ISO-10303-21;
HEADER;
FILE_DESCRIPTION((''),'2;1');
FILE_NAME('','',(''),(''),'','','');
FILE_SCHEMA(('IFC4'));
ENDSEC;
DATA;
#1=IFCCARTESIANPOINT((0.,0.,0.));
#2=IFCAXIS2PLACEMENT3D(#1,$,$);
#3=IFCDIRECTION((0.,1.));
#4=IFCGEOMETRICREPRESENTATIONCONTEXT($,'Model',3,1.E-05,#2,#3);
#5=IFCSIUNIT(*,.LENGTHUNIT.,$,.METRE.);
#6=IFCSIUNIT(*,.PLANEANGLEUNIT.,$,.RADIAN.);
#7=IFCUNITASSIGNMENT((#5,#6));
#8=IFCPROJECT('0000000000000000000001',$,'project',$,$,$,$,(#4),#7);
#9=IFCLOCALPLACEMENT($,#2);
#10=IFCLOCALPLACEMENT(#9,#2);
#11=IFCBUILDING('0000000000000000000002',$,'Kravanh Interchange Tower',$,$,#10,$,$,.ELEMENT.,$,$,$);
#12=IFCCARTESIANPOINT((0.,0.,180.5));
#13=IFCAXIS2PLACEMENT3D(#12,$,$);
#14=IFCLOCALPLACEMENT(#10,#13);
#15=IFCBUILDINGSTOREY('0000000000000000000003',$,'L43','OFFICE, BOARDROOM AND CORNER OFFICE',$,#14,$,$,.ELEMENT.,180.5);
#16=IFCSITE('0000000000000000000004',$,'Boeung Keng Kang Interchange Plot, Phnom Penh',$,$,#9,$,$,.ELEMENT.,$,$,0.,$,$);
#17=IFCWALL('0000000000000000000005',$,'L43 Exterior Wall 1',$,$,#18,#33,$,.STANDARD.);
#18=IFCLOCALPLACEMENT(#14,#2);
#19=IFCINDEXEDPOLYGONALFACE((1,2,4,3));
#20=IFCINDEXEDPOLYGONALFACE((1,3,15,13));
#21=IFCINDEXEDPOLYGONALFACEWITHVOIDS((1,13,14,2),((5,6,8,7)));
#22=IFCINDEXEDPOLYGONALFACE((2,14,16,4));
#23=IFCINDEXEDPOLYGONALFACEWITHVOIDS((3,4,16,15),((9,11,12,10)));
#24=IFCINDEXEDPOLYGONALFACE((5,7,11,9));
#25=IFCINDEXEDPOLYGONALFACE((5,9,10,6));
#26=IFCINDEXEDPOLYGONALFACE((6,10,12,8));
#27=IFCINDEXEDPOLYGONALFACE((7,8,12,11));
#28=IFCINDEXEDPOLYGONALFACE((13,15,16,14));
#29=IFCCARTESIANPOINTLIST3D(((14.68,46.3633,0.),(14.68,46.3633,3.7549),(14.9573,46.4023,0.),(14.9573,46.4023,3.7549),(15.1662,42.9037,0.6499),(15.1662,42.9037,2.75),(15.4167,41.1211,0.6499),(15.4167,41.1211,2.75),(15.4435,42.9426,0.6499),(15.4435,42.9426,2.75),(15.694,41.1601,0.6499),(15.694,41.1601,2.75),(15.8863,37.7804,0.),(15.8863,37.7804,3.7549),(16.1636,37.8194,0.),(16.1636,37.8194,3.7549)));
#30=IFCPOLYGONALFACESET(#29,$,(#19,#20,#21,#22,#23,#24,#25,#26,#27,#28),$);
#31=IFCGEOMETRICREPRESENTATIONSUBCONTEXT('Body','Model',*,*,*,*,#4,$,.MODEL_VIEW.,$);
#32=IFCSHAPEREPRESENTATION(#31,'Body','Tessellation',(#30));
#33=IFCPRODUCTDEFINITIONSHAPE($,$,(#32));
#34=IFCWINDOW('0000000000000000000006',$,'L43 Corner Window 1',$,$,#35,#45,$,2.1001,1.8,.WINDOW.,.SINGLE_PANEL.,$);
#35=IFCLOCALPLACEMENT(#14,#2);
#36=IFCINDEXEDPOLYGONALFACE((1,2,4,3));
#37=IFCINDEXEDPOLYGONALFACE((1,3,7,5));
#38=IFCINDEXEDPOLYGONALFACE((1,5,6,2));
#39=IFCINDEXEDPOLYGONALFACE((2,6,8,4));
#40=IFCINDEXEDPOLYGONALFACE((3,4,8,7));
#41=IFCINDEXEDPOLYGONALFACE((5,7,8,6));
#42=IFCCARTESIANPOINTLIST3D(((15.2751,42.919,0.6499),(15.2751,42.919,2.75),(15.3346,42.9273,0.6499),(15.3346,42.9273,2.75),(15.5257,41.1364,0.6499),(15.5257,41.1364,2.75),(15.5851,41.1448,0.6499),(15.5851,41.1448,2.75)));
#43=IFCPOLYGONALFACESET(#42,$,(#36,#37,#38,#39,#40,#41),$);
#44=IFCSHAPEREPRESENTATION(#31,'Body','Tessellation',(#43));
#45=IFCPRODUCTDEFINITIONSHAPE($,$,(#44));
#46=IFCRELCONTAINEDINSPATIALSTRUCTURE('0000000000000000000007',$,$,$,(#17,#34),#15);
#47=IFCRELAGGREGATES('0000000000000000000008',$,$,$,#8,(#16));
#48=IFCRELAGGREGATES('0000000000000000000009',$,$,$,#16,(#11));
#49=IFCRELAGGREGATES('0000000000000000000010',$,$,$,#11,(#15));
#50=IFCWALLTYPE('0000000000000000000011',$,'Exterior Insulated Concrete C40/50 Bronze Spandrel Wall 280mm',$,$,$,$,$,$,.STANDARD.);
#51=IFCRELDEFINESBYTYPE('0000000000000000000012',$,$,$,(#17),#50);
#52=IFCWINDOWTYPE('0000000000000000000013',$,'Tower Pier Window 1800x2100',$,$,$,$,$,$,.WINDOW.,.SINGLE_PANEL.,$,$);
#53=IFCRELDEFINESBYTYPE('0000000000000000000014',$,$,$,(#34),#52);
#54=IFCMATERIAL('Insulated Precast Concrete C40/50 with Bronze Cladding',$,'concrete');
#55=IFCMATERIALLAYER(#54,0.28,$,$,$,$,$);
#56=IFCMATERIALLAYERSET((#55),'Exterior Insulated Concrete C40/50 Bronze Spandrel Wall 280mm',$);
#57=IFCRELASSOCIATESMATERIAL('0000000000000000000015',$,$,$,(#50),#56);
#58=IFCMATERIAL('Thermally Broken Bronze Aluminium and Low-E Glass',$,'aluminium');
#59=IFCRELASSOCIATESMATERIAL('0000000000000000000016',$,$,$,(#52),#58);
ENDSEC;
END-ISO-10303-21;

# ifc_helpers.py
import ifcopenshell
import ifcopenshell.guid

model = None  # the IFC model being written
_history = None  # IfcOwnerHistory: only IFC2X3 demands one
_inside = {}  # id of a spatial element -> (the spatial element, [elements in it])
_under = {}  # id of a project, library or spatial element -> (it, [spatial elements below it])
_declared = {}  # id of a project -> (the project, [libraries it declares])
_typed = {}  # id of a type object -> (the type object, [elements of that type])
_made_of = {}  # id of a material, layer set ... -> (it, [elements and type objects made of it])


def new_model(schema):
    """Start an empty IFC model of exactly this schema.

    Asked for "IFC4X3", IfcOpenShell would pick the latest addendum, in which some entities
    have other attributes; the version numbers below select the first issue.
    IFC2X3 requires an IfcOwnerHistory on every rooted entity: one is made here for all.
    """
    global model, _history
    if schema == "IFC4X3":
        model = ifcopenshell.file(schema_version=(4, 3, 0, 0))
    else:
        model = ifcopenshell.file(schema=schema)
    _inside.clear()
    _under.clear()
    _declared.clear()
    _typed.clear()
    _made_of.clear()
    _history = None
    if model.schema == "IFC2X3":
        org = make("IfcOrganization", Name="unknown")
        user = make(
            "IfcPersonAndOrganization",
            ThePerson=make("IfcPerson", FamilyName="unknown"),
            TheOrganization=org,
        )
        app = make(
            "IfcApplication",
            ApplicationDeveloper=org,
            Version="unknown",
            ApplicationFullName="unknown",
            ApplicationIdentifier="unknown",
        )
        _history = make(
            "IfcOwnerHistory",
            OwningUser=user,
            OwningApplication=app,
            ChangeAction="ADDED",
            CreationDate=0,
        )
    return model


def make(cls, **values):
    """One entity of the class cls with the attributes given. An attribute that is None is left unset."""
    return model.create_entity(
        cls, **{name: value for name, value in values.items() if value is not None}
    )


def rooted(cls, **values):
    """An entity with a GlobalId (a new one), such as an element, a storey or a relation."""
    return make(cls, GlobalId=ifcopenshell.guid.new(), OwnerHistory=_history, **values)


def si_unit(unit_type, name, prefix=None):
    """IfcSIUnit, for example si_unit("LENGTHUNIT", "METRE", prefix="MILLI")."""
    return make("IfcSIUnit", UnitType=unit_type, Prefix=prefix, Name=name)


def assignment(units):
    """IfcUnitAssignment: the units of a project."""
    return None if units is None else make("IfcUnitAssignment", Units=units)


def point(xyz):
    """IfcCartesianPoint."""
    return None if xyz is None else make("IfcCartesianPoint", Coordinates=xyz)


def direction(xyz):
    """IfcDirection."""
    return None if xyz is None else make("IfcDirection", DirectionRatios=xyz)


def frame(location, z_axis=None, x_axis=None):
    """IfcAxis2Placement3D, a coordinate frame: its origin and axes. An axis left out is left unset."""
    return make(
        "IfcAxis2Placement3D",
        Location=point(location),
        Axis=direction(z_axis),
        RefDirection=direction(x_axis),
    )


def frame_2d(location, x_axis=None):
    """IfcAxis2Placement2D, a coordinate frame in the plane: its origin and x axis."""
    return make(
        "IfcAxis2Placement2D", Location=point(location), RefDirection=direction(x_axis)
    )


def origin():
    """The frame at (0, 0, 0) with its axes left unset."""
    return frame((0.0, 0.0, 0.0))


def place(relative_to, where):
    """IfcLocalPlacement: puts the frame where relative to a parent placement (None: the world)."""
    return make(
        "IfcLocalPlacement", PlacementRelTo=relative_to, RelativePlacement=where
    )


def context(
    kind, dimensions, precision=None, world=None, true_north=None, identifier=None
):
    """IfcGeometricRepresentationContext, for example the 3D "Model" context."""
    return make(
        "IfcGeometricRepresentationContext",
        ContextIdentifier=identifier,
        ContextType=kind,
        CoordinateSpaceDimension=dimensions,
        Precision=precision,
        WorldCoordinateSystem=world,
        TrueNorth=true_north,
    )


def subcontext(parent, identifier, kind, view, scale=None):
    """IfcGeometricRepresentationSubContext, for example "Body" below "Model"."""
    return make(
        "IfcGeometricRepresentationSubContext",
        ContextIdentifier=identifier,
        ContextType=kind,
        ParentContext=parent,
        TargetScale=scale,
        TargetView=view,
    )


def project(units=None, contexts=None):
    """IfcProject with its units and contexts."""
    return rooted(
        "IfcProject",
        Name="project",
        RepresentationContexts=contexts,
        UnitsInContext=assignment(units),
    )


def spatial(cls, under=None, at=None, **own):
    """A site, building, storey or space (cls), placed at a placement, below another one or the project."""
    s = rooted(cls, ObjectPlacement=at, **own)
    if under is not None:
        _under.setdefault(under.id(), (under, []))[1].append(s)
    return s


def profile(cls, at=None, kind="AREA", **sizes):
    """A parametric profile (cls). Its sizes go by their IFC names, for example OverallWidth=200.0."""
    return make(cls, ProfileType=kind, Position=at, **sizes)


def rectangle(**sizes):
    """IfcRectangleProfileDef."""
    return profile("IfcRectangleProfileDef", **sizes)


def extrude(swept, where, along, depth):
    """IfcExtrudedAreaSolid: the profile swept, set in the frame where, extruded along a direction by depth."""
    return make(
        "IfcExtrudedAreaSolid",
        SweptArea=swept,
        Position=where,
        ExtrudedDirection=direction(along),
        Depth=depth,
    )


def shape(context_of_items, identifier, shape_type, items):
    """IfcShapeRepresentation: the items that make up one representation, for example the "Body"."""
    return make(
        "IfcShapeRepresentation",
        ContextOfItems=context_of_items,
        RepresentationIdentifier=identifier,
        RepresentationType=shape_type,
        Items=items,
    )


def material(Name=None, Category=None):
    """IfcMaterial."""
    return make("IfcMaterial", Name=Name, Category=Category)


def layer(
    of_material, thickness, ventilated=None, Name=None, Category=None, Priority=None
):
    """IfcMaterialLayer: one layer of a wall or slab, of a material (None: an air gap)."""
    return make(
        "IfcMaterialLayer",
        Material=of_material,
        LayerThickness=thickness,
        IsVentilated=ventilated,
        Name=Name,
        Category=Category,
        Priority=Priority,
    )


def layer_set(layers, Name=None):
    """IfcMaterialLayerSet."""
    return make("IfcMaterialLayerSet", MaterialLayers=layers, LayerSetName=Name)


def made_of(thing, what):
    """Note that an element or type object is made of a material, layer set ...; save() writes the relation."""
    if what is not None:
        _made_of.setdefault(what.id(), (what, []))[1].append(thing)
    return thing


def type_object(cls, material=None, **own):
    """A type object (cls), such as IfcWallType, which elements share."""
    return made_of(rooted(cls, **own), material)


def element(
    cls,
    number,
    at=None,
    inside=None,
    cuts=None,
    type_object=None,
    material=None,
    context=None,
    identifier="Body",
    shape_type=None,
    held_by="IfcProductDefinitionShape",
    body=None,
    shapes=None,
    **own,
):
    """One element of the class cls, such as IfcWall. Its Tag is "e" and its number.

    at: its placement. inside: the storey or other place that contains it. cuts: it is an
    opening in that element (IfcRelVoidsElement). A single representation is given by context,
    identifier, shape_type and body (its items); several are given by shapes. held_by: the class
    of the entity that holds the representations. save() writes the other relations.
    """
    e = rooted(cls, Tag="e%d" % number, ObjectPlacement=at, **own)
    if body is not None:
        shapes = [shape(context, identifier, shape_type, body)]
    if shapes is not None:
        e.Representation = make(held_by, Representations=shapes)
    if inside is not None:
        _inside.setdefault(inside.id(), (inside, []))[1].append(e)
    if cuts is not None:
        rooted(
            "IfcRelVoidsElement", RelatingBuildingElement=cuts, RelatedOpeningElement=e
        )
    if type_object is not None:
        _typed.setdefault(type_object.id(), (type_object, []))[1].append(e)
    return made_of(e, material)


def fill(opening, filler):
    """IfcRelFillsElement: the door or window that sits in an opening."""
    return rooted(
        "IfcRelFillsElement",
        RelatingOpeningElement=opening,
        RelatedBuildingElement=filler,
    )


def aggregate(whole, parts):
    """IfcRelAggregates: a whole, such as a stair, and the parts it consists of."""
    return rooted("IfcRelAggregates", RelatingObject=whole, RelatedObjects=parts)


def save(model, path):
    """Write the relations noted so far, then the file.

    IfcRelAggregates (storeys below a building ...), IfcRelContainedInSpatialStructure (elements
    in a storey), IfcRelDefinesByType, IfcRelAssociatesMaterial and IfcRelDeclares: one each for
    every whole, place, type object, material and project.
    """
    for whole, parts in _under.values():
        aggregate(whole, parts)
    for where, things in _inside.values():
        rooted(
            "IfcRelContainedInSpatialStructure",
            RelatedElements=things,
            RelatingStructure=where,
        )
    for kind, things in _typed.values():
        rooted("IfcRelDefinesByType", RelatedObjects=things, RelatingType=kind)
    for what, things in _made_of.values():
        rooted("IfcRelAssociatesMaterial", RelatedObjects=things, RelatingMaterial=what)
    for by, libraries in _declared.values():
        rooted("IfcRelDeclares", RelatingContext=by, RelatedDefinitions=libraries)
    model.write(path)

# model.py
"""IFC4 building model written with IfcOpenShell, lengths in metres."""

from ifc_helpers import new_model, si_unit, direction, frame, frame_2d, origin, place, context, subcontext, project, spatial, rectangle, extrude, material, layer, layer_set, type_object, element, fill, save


model = new_model("IFC4")

# Units and contexts
model_context = context("Model", 3, precision=1e-05, world=origin(), true_north=direction((0.0, 1.0)))
body_context = subcontext(model_context, "Body", "Model", "MODEL_VIEW")
ifc_project = project(units=[si_unit("LENGTHUNIT", "METRE"), si_unit("PLANEANGLEUNIT", "RADIAN")], contexts=[model_context])

# Site, building, storey
site_placement = place(None, origin())
site = spatial("IfcSite", under=ifc_project, at=site_placement, Name="Boeung Keng Kang Interchange Plot, Phnom Penh", CompositionType="ELEMENT", RefElevation=0.0)
building_placement = place(site_placement, origin())
building = spatial("IfcBuilding", under=site, at=building_placement, Name="Kravanh Interchange Tower", CompositionType="ELEMENT")
storey_placement = place(building_placement, frame((0.0, 0.0, 180.5)))
storey = spatial("IfcBuildingStorey", under=building, at=storey_placement, Name="L43", Description="OFFICE, BOARDROOM AND CORNER OFFICE", CompositionType="ELEMENT", Elevation=180.5)

# Wall, opening, window
ifc_material_1 = material(Name="Insulated Precast Concrete C40/50 with Bronze Cladding", Category="concrete")
ifc_layer_1 = layer(ifc_material_1, 0.28)
ifc_layer_set_1 = layer_set([ifc_layer_1], Name="Exterior Insulated Concrete C40/50 Bronze Spandrel Wall 280mm")
wall_type_1 = type_object("IfcWallType", Name="Exterior Insulated Concrete C40/50 Bronze Spandrel Wall 280mm", PredefinedType="STANDARD", material=ifc_layer_set_1)
wall_1_placement = place(storey_placement, frame((16.0249, 37.8, 0.0), z_axis=(0.0, 0.0, 1.0), x_axis=(-0.139181, 0.990267, 0.0)))
wall_1 = element("IfcWall", 1, at=wall_1_placement, inside=storey, type_object=wall_type_1, Name="L43 Exterior Wall 1", PredefinedType="STANDARD", context=body_context, shape_type="SweptSolid", body=[
    extrude(rectangle(XDim=8.6672, YDim=0.28, at=frame_2d((4.3335, 0.0))), origin(), (0.0, 0.0, 1.0), 3.7549),
])
opening_1_placement = place(wall_1_placement, frame((3.3735, 0.0, 0.6499)))
opening_1 = element("IfcOpeningElement", 2, at=opening_1_placement, cuts=wall_1, PredefinedType="OPENING", context=body_context, shape_type="SweptSolid", body=[
    extrude(rectangle(XDim=1.8, YDim=2.1001, at=frame_2d((0.8999, 1.05))), frame((0.0, 0.1499, 0.0), z_axis=(0.0, -1.0, 0.0), x_axis=(1.0, 0.0, 0.0)), (0.0, 0.0, 1.0), 0.3),
])
ifc_material_2 = material(Name="Thermally Broken Bronze Aluminium and Low-E Glass", Category="aluminium")
window_type = type_object("IfcWindowType", Name="Tower Pier Window 1800x2100", PartitioningType="SINGLE_PANEL", PredefinedType="WINDOW", material=ifc_material_2)
window_placement = place(opening_1_placement, origin())
window = element("IfcWindow", 3, at=window_placement, inside=storey, type_object=window_type, Name="L43 Corner Window 1", OverallHeight=2.1001, OverallWidth=1.8, PartitioningType="SINGLE_PANEL", PredefinedType="WINDOW", context=body_context, shape_type="SweptSolid", body=[
    extrude(rectangle(XDim=1.8, YDim=2.1001, at=frame_2d((0.8999, 1.05))), frame((0.0, 0.03, 0.0), z_axis=(0.0, -1.0, 0.0), x_axis=(1.0, 0.0, 0.0)), (0.0, 0.0, 1.0), 0.0601),
])
fill(opening_1, window)

save(model, "model.ifc")
